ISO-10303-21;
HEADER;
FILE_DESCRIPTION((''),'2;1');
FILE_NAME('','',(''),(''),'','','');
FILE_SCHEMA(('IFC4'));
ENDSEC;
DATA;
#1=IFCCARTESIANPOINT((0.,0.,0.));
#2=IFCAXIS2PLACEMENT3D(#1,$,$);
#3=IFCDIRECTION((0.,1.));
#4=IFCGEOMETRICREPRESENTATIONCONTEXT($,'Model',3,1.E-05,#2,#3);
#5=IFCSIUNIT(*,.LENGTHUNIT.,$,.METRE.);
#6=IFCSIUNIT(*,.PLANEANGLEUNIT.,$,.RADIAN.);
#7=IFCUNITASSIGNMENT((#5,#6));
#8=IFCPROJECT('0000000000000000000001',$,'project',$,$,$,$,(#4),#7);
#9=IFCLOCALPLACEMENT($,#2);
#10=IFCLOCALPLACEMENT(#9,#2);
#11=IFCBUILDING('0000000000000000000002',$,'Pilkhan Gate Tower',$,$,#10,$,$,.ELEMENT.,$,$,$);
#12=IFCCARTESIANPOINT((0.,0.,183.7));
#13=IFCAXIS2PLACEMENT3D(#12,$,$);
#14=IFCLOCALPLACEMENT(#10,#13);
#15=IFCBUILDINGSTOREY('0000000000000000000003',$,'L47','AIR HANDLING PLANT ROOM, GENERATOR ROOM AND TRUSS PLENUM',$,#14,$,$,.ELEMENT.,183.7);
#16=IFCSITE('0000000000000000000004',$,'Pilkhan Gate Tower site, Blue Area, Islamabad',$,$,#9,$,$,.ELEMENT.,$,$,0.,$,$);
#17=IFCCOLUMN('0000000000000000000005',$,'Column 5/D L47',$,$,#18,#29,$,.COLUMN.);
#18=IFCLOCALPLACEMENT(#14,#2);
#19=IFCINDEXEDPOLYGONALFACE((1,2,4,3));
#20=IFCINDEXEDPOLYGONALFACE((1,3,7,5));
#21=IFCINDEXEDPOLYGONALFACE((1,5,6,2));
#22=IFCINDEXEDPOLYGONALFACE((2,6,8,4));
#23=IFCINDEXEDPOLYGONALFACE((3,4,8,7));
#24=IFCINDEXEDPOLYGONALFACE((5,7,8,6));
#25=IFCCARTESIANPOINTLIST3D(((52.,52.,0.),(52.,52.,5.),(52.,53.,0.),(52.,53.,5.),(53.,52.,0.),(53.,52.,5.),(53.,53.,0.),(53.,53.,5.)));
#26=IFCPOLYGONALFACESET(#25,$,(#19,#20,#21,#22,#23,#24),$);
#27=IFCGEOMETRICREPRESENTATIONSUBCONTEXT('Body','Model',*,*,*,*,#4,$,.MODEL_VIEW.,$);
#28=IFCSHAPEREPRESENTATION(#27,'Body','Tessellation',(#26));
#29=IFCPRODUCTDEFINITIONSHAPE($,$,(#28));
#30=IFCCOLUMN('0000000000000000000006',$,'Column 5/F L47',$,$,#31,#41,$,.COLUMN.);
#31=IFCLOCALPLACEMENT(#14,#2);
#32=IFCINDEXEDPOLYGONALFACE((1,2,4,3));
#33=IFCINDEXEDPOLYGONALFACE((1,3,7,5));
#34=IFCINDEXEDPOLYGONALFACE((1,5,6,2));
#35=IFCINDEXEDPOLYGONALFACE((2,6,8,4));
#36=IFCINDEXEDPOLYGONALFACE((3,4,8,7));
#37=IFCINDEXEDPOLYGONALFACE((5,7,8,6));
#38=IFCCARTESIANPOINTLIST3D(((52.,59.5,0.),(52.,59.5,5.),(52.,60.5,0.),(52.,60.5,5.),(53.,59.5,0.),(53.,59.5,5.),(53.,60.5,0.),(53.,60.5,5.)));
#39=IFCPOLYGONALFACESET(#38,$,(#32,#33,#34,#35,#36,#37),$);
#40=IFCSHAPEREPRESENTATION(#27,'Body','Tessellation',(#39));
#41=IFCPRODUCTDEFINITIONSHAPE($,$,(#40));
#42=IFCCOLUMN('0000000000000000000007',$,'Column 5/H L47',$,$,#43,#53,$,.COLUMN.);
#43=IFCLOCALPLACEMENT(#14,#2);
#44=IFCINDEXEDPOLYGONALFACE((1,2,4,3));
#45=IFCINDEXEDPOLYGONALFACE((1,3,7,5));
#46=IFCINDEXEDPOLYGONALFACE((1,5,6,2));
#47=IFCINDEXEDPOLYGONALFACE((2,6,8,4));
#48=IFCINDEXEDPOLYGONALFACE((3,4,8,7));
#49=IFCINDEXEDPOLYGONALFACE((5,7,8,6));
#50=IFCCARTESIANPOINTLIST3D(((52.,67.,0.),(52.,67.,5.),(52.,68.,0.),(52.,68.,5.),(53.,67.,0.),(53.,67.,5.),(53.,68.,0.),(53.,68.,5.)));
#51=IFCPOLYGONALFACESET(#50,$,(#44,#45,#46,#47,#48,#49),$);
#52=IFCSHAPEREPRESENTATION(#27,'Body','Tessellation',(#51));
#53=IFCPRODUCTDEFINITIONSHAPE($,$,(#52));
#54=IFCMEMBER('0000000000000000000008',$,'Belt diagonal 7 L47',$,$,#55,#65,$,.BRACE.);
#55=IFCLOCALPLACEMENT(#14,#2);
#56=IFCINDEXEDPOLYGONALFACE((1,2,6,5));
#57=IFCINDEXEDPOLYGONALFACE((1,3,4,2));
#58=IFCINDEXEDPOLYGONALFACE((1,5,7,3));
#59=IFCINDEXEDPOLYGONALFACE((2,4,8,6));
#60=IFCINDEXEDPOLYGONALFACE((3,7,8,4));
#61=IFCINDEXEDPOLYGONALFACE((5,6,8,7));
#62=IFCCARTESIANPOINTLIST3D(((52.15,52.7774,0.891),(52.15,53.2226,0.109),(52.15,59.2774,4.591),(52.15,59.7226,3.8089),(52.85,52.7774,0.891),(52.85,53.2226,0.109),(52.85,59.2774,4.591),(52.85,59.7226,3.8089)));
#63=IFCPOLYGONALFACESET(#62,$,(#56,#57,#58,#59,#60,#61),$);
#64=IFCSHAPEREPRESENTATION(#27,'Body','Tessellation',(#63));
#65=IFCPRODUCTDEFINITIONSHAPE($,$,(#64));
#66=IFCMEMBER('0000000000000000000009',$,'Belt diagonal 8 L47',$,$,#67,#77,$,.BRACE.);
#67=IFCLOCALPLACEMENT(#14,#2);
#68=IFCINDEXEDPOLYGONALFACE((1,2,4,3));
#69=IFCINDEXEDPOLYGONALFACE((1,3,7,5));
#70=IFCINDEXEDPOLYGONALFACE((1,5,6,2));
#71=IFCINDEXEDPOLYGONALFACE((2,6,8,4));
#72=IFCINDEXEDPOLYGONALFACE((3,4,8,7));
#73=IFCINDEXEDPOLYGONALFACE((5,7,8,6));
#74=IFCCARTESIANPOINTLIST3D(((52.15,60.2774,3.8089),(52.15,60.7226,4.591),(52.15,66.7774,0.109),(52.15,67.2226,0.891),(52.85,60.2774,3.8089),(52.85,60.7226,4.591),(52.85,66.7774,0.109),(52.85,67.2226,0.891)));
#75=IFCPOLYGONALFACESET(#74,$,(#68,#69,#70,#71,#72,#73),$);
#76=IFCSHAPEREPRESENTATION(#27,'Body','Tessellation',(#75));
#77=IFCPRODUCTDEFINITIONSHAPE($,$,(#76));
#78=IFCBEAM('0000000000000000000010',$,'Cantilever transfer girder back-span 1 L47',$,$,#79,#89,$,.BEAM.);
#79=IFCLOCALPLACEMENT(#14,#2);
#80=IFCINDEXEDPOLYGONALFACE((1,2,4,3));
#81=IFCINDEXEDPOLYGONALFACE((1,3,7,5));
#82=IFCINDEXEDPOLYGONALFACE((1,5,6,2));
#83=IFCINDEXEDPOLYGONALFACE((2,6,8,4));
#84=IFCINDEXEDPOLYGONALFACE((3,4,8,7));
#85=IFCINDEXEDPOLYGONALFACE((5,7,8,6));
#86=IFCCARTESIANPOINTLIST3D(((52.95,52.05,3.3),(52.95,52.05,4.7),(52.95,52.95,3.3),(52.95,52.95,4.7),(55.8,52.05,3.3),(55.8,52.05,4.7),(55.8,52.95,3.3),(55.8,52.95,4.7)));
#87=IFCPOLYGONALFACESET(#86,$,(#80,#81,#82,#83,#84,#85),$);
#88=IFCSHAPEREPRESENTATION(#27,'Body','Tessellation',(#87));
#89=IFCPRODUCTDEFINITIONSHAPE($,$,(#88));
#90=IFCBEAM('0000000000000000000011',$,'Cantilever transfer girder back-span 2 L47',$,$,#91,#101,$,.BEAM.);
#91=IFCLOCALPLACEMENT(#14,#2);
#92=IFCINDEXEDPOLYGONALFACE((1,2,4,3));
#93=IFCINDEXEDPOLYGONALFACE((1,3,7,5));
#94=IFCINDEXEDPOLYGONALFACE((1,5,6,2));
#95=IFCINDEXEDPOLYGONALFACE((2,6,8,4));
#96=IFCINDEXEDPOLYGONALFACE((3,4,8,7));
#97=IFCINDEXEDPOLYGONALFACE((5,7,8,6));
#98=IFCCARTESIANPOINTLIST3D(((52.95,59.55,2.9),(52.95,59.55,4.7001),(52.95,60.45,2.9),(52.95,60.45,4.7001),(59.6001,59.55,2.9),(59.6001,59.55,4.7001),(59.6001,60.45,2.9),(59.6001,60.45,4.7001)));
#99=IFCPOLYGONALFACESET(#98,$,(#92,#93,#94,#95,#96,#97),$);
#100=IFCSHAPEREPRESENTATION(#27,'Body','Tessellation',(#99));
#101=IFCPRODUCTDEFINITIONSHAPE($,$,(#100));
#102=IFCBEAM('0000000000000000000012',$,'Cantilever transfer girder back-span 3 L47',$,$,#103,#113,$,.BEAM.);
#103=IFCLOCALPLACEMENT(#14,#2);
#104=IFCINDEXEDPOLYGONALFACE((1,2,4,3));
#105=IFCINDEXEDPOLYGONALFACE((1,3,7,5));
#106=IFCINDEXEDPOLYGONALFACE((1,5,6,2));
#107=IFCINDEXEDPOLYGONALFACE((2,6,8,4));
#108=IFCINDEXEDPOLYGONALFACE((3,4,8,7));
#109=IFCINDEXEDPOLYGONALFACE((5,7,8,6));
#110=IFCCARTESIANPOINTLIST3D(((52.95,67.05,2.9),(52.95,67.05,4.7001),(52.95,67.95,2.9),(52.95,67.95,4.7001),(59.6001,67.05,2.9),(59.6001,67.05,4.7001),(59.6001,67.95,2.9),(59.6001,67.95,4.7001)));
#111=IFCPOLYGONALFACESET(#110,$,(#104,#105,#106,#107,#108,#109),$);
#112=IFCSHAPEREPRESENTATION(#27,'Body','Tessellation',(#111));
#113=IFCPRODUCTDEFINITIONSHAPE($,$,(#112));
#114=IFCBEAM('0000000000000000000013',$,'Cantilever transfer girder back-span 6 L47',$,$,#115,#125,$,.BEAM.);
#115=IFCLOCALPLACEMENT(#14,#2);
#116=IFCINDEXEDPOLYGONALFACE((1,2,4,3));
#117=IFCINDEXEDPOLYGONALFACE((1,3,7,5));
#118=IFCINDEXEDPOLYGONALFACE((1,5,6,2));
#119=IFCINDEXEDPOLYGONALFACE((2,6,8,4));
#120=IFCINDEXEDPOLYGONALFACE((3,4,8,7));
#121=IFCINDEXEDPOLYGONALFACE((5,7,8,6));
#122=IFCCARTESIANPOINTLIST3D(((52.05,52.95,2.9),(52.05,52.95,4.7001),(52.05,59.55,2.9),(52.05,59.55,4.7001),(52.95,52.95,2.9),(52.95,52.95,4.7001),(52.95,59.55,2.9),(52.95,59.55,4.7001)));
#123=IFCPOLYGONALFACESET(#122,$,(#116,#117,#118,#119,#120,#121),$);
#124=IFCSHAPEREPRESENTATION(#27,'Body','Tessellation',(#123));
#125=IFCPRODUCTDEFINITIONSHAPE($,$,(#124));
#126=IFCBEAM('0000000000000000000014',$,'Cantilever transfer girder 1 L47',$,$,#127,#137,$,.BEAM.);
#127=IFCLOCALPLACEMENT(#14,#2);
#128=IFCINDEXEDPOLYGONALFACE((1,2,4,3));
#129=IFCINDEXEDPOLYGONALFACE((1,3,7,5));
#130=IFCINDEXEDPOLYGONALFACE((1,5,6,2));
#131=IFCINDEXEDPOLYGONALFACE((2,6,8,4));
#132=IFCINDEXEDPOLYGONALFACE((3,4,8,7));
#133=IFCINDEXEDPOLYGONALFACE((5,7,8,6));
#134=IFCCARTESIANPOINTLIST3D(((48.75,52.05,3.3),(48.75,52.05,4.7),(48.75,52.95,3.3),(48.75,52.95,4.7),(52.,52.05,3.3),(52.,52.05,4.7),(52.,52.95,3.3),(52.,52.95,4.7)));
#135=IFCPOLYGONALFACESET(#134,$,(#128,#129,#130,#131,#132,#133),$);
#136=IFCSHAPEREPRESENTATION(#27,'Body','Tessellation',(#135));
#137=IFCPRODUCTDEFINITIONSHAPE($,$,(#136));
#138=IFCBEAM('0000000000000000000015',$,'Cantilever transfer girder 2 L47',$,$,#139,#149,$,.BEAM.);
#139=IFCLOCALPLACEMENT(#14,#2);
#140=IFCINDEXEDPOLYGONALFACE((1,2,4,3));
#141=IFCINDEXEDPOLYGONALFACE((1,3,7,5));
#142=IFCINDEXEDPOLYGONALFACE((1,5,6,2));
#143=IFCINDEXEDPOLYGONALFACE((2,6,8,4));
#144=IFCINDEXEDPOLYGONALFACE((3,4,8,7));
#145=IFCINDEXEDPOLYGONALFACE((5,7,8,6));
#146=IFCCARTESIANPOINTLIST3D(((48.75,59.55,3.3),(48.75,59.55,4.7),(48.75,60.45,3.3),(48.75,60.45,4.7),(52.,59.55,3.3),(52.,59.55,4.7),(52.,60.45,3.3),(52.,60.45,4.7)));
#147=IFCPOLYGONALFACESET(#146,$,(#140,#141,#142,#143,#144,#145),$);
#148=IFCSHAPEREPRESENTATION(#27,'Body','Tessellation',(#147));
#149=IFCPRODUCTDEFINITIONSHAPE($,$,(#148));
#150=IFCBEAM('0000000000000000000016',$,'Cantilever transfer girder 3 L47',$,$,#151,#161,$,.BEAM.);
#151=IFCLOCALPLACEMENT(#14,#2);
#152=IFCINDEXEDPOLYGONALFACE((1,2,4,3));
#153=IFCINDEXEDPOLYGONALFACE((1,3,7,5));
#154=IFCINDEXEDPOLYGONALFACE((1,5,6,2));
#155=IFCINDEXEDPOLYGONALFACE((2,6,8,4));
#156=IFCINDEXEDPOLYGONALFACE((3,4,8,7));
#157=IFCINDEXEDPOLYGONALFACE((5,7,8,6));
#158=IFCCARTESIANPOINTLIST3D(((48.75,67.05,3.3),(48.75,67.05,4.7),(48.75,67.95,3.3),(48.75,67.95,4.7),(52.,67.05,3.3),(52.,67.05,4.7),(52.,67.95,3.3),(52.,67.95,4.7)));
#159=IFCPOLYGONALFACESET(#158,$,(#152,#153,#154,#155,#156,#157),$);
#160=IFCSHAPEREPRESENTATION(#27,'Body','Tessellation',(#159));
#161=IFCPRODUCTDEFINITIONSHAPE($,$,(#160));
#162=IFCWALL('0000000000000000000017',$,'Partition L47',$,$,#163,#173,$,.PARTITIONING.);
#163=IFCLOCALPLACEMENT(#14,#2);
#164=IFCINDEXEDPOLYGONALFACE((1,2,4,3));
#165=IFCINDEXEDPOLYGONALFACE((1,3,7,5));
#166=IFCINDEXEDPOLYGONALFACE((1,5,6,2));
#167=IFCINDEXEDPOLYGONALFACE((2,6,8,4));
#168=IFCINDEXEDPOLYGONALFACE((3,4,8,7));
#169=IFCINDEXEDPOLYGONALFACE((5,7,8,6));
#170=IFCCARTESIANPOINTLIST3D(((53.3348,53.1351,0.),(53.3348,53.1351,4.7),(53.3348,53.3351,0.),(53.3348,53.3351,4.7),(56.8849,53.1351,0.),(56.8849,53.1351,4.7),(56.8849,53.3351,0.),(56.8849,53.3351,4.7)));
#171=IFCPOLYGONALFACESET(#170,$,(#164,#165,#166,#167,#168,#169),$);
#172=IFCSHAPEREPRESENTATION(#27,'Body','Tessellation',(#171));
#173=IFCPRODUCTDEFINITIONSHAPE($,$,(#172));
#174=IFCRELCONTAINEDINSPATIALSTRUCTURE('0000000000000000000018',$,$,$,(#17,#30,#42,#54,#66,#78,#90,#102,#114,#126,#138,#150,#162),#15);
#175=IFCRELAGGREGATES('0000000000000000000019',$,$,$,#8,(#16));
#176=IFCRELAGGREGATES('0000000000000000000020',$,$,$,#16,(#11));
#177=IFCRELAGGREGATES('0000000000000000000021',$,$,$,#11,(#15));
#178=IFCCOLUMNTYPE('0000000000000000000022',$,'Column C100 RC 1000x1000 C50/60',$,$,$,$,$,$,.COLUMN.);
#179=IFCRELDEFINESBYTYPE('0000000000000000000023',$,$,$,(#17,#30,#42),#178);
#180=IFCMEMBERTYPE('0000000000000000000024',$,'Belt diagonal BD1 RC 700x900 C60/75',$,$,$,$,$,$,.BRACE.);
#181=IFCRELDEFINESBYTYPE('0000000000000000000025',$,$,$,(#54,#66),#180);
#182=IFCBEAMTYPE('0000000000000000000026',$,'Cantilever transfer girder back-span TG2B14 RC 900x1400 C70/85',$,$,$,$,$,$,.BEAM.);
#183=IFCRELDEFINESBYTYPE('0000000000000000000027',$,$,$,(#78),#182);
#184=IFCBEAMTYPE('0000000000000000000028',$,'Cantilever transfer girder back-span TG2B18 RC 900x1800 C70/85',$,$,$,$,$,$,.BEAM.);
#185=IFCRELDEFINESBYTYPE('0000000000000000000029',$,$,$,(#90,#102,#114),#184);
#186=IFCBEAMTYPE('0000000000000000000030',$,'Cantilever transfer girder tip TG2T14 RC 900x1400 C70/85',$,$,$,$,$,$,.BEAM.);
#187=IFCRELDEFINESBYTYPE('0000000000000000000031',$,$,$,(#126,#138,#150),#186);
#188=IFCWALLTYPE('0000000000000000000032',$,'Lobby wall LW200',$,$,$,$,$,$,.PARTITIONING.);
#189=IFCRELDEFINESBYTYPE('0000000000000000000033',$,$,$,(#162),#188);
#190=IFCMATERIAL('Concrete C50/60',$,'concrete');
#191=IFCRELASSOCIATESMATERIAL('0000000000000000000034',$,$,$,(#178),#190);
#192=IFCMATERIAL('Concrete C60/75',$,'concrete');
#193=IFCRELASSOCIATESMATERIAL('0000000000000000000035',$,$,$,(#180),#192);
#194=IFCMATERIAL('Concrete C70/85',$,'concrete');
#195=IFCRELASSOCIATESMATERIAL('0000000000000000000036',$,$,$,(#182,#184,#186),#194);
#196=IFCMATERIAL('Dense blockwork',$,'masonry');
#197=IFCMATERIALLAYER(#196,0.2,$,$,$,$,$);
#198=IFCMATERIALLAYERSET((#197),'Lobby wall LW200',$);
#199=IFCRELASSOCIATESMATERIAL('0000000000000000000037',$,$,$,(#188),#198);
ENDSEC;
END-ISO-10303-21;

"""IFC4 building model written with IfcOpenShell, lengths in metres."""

from ifc_helpers import new_model, si_unit, direction, frame, frame_2d, origin, origin_2d, place, context, subcontext, project, spatial, rectangle, extrude, material, layer, layer_set, material_profile, profile_set, type_object, element, save


model = new_model("IFC4")

# Units and contexts
model_context = context("Model", 3, precision=1e-05, world=origin(), true_north=direction((0.0, 1.0)))
body_context = subcontext(model_context, "Body", "Model", "MODEL_VIEW")
ifc_project = project(units=[si_unit("LENGTHUNIT", "METRE"), si_unit("PLANEANGLEUNIT", "RADIAN")], contexts=[model_context])

# Site, building, storey
site_placement = place(None, origin())
site = spatial("IfcSite", under=ifc_project, at=site_placement, Name="Pilkhan Gate Tower site, Blue Area, Islamabad", CompositionType="ELEMENT", RefElevation=0.0)
building_placement = place(site_placement, origin())
building = spatial("IfcBuilding", under=site, at=building_placement, Name="Pilkhan Gate Tower", CompositionType="ELEMENT")
storey_placement = place(building_placement, frame((0.0, 0.0, 183.7)))
storey = spatial("IfcBuildingStorey", under=building, at=storey_placement, Name="L47", Description="AIR HANDLING PLANT ROOM, GENERATOR ROOM AND TRUSS PLENUM", CompositionType="ELEMENT", Elevation=183.7)

# Columns
ifc_material_1 = material(Name="Concrete C50/60", Category="concrete")
ifc_material_profile_1 = material_profile(ifc_material_1, rectangle(XDim=1.0, YDim=1.0, at=origin_2d()), Name="RC 1000x1000")
ifc_profile_set_1 = profile_set([ifc_material_profile_1], Name="Concrete C50/60")
column_type = type_object("IfcColumnType", Name="Column C100 RC 1000x1000 C50/60", PredefinedType="COLUMN", material=ifc_profile_set_1)
for number, where, z_axis, x_axis, name in (
    (1, (52.5, 52.5, 0.0), (0.0, 0.0, 1.0), (1.0, 0.0, 0.0), "Column 5/D L47"),
    (2, (52.5, 60.0, 0.0), (0.0, 0.0, 1.0), (1.0, 0.0, 0.0), "Column 5/F L47"),
    (3, (52.5, 67.5, 0.0), (0.0, 0.0, 1.0), (1.0, 0.0, 0.0), "Column 5/H L47"),
):
    element("IfcColumn", number, at=place(storey_placement, frame(where, z_axis=z_axis, x_axis=x_axis)), inside=storey, type_object=column_type, Name=name, PredefinedType="COLUMN", context=body_context, shape_type="SweptSolid", body=[
        extrude(rectangle(XDim=1.0, YDim=1.0, at=origin_2d()), origin(), (0.0, 0.0, 1.0), 5.0),
    ])

# Members
ifc_material_2 = material(Name="Concrete C60/75", Category="concrete")
ifc_material_profile_2 = material_profile(ifc_material_2, rectangle(XDim=0.7, YDim=0.8999, at=origin_2d()), Name="RC 700x900")
ifc_profile_set_2 = profile_set([ifc_material_profile_2], Name="Concrete C60/75")
member_type = type_object("IfcMemberType", Name="Belt diagonal BD1 RC 700x900 C60/75", PredefinedType="BRACE", material=ifc_profile_set_2)
for number, where, z_axis, x_axis, name in (
    (4, (52.5, 53.0, 0.5), (0.0, 0.869068, 0.494693), (-1.0, 0.0, 0.0), "Belt diagonal 7 L47"),
    (5, (52.5, 67.0, 0.5), (0.0, -0.869068, 0.494693), (1.0, 0.0, 0.0), "Belt diagonal 8 L47"),
):
    element("IfcMember", number, at=place(storey_placement, frame(where, z_axis=z_axis, x_axis=x_axis)), inside=storey, type_object=member_type, Name=name, PredefinedType="BRACE", context=body_context, shape_type="SweptSolid", body=[
        extrude(rectangle(XDim=0.7, YDim=0.8999, at=origin_2d()), origin(), (0.0, 0.0, 1.0), 7.4792),
    ])

# Beams
ifc_material_3 = material(Name="Concrete C70/85", Category="concrete")
ifc_material_profile_3 = material_profile(ifc_material_3, rectangle(XDim=0.8999, YDim=1.3999, at=origin_2d()), Name="RC 900x1400")
ifc_profile_set_3 = profile_set([ifc_material_profile_3], Name="Concrete C70/85")
beam_type_1 = type_object("IfcBeamType", Name="Cantilever transfer girder back-span TG2B14 RC 900x1400 C70/85", PredefinedType="BEAM", material=ifc_profile_set_3)
beam_1_placement = place(storey_placement, frame((52.95, 52.5, 4.0), z_axis=(1.0, 0.0, 0.0), x_axis=(0.0, 1.0, 0.0)))
element("IfcBeam", 6, at=beam_1_placement, inside=storey, type_object=beam_type_1, Name="Cantilever transfer girder back-span 1 L47", PredefinedType="BEAM", context=body_context, shape_type="SweptSolid", body=[
    extrude(rectangle(XDim=0.8999, YDim=1.3999, at=origin_2d()), origin(), (0.0, 0.0, 1.0), 2.8501),
])
ifc_material_profile_4 = material_profile(ifc_material_3, rectangle(XDim=0.8999, YDim=1.8, at=origin_2d()), Name="RC 900x1800")
ifc_profile_set_4 = profile_set([ifc_material_profile_4], Name="Concrete C70/85")
beam_type_2 = type_object("IfcBeamType", Name="Cantilever transfer girder back-span TG2B18 RC 900x1800 C70/85", PredefinedType="BEAM", material=ifc_profile_set_4)
for number, where, z_axis, x_axis, name in (
    (7, (52.95, 60.0, 3.8), (1.0, 0.0, 0.0), (0.0, 1.0, 0.0), "Cantilever transfer girder back-span 2 L47"),
    (8, (52.95, 67.5, 3.8), (1.0, 0.0, 0.0), (0.0, 1.0, 0.0), "Cantilever transfer girder back-span 3 L47"),
):
    element("IfcBeam", number, at=place(storey_placement, frame(where, z_axis=z_axis, x_axis=x_axis)), inside=storey, type_object=beam_type_2, Name=name, PredefinedType="BEAM", context=body_context, shape_type="SweptSolid", body=[
        extrude(rectangle(XDim=0.8999, YDim=1.8, at=origin_2d()), origin(), (0.0, 0.0, 1.0), 6.6501),
    ])
beam_2_placement = place(storey_placement, frame((52.5, 52.95, 3.8), z_axis=(0.0, 1.0, 0.0), x_axis=(-1.0, 0.0, 0.0)))
element("IfcBeam", 9, at=beam_2_placement, inside=storey, type_object=beam_type_2, Name="Cantilever transfer girder back-span 6 L47", PredefinedType="BEAM", context=body_context, shape_type="SweptSolid", body=[
    extrude(rectangle(XDim=0.8999, YDim=1.8, at=origin_2d()), origin(), (0.0, 0.0, 1.0), 6.6001),
])
ifc_material_profile_5 = material_profile(ifc_material_3, rectangle(XDim=0.8999, YDim=1.3999, at=origin_2d()), Name="RC 900x1400")
ifc_profile_set_5 = profile_set([ifc_material_profile_5], Name="Concrete C70/85")
beam_type_3 = type_object("IfcBeamType", Name="Cantilever transfer girder tip TG2T14 RC 900x1400 C70/85", PredefinedType="BEAM", material=ifc_profile_set_5)
for number, where, z_axis, x_axis, name in (
    (10, (48.75, 52.5, 4.0), (1.0, 0.0, 0.0), (0.0, 1.0, 0.0), "Cantilever transfer girder 1 L47"),
    (11, (48.75, 60.0, 4.0), (1.0, 0.0, 0.0), (0.0, 1.0, 0.0), "Cantilever transfer girder 2 L47"),
    (12, (48.75, 67.5, 4.0), (1.0, 0.0, 0.0), (0.0, 1.0, 0.0), "Cantilever transfer girder 3 L47"),
):
    element("IfcBeam", number, at=place(storey_placement, frame(where, z_axis=z_axis, x_axis=x_axis)), inside=storey, type_object=beam_type_3, Name=name, PredefinedType="BEAM", context=body_context, shape_type="SweptSolid", body=[
        extrude(rectangle(XDim=0.8999, YDim=1.3999, at=origin_2d()), origin(), (0.0, 0.0, 1.0), 3.25),
    ])

# Wall
ifc_material_4 = material(Name="Dense blockwork", Category="masonry")
ifc_layer_1 = layer(ifc_material_4, 0.2)
ifc_layer_set_1 = layer_set([ifc_layer_1], Name="Lobby wall LW200")
wall_type = type_object("IfcWallType", Name="Lobby wall LW200", PredefinedType="PARTITIONING", material=ifc_layer_set_1)
wall_1_placement = place(storey_placement, frame((53.335, 53.2351, 0.0), z_axis=(0.0, 0.0, 1.0), x_axis=(1.0, 0.0, 0.0)))
element("IfcWall", 13, at=wall_1_placement, inside=storey, type_object=wall_type, Name="Partition L47", PredefinedType="PARTITIONING", context=body_context, shape_type="SweptSolid", body=[
    extrude(rectangle(XDim=3.55, YDim=0.2, at=frame_2d((1.7749, 0.0))), origin(), (0.0, 0.0, 1.0), 4.7),
])

save(model, "model.ifc")
